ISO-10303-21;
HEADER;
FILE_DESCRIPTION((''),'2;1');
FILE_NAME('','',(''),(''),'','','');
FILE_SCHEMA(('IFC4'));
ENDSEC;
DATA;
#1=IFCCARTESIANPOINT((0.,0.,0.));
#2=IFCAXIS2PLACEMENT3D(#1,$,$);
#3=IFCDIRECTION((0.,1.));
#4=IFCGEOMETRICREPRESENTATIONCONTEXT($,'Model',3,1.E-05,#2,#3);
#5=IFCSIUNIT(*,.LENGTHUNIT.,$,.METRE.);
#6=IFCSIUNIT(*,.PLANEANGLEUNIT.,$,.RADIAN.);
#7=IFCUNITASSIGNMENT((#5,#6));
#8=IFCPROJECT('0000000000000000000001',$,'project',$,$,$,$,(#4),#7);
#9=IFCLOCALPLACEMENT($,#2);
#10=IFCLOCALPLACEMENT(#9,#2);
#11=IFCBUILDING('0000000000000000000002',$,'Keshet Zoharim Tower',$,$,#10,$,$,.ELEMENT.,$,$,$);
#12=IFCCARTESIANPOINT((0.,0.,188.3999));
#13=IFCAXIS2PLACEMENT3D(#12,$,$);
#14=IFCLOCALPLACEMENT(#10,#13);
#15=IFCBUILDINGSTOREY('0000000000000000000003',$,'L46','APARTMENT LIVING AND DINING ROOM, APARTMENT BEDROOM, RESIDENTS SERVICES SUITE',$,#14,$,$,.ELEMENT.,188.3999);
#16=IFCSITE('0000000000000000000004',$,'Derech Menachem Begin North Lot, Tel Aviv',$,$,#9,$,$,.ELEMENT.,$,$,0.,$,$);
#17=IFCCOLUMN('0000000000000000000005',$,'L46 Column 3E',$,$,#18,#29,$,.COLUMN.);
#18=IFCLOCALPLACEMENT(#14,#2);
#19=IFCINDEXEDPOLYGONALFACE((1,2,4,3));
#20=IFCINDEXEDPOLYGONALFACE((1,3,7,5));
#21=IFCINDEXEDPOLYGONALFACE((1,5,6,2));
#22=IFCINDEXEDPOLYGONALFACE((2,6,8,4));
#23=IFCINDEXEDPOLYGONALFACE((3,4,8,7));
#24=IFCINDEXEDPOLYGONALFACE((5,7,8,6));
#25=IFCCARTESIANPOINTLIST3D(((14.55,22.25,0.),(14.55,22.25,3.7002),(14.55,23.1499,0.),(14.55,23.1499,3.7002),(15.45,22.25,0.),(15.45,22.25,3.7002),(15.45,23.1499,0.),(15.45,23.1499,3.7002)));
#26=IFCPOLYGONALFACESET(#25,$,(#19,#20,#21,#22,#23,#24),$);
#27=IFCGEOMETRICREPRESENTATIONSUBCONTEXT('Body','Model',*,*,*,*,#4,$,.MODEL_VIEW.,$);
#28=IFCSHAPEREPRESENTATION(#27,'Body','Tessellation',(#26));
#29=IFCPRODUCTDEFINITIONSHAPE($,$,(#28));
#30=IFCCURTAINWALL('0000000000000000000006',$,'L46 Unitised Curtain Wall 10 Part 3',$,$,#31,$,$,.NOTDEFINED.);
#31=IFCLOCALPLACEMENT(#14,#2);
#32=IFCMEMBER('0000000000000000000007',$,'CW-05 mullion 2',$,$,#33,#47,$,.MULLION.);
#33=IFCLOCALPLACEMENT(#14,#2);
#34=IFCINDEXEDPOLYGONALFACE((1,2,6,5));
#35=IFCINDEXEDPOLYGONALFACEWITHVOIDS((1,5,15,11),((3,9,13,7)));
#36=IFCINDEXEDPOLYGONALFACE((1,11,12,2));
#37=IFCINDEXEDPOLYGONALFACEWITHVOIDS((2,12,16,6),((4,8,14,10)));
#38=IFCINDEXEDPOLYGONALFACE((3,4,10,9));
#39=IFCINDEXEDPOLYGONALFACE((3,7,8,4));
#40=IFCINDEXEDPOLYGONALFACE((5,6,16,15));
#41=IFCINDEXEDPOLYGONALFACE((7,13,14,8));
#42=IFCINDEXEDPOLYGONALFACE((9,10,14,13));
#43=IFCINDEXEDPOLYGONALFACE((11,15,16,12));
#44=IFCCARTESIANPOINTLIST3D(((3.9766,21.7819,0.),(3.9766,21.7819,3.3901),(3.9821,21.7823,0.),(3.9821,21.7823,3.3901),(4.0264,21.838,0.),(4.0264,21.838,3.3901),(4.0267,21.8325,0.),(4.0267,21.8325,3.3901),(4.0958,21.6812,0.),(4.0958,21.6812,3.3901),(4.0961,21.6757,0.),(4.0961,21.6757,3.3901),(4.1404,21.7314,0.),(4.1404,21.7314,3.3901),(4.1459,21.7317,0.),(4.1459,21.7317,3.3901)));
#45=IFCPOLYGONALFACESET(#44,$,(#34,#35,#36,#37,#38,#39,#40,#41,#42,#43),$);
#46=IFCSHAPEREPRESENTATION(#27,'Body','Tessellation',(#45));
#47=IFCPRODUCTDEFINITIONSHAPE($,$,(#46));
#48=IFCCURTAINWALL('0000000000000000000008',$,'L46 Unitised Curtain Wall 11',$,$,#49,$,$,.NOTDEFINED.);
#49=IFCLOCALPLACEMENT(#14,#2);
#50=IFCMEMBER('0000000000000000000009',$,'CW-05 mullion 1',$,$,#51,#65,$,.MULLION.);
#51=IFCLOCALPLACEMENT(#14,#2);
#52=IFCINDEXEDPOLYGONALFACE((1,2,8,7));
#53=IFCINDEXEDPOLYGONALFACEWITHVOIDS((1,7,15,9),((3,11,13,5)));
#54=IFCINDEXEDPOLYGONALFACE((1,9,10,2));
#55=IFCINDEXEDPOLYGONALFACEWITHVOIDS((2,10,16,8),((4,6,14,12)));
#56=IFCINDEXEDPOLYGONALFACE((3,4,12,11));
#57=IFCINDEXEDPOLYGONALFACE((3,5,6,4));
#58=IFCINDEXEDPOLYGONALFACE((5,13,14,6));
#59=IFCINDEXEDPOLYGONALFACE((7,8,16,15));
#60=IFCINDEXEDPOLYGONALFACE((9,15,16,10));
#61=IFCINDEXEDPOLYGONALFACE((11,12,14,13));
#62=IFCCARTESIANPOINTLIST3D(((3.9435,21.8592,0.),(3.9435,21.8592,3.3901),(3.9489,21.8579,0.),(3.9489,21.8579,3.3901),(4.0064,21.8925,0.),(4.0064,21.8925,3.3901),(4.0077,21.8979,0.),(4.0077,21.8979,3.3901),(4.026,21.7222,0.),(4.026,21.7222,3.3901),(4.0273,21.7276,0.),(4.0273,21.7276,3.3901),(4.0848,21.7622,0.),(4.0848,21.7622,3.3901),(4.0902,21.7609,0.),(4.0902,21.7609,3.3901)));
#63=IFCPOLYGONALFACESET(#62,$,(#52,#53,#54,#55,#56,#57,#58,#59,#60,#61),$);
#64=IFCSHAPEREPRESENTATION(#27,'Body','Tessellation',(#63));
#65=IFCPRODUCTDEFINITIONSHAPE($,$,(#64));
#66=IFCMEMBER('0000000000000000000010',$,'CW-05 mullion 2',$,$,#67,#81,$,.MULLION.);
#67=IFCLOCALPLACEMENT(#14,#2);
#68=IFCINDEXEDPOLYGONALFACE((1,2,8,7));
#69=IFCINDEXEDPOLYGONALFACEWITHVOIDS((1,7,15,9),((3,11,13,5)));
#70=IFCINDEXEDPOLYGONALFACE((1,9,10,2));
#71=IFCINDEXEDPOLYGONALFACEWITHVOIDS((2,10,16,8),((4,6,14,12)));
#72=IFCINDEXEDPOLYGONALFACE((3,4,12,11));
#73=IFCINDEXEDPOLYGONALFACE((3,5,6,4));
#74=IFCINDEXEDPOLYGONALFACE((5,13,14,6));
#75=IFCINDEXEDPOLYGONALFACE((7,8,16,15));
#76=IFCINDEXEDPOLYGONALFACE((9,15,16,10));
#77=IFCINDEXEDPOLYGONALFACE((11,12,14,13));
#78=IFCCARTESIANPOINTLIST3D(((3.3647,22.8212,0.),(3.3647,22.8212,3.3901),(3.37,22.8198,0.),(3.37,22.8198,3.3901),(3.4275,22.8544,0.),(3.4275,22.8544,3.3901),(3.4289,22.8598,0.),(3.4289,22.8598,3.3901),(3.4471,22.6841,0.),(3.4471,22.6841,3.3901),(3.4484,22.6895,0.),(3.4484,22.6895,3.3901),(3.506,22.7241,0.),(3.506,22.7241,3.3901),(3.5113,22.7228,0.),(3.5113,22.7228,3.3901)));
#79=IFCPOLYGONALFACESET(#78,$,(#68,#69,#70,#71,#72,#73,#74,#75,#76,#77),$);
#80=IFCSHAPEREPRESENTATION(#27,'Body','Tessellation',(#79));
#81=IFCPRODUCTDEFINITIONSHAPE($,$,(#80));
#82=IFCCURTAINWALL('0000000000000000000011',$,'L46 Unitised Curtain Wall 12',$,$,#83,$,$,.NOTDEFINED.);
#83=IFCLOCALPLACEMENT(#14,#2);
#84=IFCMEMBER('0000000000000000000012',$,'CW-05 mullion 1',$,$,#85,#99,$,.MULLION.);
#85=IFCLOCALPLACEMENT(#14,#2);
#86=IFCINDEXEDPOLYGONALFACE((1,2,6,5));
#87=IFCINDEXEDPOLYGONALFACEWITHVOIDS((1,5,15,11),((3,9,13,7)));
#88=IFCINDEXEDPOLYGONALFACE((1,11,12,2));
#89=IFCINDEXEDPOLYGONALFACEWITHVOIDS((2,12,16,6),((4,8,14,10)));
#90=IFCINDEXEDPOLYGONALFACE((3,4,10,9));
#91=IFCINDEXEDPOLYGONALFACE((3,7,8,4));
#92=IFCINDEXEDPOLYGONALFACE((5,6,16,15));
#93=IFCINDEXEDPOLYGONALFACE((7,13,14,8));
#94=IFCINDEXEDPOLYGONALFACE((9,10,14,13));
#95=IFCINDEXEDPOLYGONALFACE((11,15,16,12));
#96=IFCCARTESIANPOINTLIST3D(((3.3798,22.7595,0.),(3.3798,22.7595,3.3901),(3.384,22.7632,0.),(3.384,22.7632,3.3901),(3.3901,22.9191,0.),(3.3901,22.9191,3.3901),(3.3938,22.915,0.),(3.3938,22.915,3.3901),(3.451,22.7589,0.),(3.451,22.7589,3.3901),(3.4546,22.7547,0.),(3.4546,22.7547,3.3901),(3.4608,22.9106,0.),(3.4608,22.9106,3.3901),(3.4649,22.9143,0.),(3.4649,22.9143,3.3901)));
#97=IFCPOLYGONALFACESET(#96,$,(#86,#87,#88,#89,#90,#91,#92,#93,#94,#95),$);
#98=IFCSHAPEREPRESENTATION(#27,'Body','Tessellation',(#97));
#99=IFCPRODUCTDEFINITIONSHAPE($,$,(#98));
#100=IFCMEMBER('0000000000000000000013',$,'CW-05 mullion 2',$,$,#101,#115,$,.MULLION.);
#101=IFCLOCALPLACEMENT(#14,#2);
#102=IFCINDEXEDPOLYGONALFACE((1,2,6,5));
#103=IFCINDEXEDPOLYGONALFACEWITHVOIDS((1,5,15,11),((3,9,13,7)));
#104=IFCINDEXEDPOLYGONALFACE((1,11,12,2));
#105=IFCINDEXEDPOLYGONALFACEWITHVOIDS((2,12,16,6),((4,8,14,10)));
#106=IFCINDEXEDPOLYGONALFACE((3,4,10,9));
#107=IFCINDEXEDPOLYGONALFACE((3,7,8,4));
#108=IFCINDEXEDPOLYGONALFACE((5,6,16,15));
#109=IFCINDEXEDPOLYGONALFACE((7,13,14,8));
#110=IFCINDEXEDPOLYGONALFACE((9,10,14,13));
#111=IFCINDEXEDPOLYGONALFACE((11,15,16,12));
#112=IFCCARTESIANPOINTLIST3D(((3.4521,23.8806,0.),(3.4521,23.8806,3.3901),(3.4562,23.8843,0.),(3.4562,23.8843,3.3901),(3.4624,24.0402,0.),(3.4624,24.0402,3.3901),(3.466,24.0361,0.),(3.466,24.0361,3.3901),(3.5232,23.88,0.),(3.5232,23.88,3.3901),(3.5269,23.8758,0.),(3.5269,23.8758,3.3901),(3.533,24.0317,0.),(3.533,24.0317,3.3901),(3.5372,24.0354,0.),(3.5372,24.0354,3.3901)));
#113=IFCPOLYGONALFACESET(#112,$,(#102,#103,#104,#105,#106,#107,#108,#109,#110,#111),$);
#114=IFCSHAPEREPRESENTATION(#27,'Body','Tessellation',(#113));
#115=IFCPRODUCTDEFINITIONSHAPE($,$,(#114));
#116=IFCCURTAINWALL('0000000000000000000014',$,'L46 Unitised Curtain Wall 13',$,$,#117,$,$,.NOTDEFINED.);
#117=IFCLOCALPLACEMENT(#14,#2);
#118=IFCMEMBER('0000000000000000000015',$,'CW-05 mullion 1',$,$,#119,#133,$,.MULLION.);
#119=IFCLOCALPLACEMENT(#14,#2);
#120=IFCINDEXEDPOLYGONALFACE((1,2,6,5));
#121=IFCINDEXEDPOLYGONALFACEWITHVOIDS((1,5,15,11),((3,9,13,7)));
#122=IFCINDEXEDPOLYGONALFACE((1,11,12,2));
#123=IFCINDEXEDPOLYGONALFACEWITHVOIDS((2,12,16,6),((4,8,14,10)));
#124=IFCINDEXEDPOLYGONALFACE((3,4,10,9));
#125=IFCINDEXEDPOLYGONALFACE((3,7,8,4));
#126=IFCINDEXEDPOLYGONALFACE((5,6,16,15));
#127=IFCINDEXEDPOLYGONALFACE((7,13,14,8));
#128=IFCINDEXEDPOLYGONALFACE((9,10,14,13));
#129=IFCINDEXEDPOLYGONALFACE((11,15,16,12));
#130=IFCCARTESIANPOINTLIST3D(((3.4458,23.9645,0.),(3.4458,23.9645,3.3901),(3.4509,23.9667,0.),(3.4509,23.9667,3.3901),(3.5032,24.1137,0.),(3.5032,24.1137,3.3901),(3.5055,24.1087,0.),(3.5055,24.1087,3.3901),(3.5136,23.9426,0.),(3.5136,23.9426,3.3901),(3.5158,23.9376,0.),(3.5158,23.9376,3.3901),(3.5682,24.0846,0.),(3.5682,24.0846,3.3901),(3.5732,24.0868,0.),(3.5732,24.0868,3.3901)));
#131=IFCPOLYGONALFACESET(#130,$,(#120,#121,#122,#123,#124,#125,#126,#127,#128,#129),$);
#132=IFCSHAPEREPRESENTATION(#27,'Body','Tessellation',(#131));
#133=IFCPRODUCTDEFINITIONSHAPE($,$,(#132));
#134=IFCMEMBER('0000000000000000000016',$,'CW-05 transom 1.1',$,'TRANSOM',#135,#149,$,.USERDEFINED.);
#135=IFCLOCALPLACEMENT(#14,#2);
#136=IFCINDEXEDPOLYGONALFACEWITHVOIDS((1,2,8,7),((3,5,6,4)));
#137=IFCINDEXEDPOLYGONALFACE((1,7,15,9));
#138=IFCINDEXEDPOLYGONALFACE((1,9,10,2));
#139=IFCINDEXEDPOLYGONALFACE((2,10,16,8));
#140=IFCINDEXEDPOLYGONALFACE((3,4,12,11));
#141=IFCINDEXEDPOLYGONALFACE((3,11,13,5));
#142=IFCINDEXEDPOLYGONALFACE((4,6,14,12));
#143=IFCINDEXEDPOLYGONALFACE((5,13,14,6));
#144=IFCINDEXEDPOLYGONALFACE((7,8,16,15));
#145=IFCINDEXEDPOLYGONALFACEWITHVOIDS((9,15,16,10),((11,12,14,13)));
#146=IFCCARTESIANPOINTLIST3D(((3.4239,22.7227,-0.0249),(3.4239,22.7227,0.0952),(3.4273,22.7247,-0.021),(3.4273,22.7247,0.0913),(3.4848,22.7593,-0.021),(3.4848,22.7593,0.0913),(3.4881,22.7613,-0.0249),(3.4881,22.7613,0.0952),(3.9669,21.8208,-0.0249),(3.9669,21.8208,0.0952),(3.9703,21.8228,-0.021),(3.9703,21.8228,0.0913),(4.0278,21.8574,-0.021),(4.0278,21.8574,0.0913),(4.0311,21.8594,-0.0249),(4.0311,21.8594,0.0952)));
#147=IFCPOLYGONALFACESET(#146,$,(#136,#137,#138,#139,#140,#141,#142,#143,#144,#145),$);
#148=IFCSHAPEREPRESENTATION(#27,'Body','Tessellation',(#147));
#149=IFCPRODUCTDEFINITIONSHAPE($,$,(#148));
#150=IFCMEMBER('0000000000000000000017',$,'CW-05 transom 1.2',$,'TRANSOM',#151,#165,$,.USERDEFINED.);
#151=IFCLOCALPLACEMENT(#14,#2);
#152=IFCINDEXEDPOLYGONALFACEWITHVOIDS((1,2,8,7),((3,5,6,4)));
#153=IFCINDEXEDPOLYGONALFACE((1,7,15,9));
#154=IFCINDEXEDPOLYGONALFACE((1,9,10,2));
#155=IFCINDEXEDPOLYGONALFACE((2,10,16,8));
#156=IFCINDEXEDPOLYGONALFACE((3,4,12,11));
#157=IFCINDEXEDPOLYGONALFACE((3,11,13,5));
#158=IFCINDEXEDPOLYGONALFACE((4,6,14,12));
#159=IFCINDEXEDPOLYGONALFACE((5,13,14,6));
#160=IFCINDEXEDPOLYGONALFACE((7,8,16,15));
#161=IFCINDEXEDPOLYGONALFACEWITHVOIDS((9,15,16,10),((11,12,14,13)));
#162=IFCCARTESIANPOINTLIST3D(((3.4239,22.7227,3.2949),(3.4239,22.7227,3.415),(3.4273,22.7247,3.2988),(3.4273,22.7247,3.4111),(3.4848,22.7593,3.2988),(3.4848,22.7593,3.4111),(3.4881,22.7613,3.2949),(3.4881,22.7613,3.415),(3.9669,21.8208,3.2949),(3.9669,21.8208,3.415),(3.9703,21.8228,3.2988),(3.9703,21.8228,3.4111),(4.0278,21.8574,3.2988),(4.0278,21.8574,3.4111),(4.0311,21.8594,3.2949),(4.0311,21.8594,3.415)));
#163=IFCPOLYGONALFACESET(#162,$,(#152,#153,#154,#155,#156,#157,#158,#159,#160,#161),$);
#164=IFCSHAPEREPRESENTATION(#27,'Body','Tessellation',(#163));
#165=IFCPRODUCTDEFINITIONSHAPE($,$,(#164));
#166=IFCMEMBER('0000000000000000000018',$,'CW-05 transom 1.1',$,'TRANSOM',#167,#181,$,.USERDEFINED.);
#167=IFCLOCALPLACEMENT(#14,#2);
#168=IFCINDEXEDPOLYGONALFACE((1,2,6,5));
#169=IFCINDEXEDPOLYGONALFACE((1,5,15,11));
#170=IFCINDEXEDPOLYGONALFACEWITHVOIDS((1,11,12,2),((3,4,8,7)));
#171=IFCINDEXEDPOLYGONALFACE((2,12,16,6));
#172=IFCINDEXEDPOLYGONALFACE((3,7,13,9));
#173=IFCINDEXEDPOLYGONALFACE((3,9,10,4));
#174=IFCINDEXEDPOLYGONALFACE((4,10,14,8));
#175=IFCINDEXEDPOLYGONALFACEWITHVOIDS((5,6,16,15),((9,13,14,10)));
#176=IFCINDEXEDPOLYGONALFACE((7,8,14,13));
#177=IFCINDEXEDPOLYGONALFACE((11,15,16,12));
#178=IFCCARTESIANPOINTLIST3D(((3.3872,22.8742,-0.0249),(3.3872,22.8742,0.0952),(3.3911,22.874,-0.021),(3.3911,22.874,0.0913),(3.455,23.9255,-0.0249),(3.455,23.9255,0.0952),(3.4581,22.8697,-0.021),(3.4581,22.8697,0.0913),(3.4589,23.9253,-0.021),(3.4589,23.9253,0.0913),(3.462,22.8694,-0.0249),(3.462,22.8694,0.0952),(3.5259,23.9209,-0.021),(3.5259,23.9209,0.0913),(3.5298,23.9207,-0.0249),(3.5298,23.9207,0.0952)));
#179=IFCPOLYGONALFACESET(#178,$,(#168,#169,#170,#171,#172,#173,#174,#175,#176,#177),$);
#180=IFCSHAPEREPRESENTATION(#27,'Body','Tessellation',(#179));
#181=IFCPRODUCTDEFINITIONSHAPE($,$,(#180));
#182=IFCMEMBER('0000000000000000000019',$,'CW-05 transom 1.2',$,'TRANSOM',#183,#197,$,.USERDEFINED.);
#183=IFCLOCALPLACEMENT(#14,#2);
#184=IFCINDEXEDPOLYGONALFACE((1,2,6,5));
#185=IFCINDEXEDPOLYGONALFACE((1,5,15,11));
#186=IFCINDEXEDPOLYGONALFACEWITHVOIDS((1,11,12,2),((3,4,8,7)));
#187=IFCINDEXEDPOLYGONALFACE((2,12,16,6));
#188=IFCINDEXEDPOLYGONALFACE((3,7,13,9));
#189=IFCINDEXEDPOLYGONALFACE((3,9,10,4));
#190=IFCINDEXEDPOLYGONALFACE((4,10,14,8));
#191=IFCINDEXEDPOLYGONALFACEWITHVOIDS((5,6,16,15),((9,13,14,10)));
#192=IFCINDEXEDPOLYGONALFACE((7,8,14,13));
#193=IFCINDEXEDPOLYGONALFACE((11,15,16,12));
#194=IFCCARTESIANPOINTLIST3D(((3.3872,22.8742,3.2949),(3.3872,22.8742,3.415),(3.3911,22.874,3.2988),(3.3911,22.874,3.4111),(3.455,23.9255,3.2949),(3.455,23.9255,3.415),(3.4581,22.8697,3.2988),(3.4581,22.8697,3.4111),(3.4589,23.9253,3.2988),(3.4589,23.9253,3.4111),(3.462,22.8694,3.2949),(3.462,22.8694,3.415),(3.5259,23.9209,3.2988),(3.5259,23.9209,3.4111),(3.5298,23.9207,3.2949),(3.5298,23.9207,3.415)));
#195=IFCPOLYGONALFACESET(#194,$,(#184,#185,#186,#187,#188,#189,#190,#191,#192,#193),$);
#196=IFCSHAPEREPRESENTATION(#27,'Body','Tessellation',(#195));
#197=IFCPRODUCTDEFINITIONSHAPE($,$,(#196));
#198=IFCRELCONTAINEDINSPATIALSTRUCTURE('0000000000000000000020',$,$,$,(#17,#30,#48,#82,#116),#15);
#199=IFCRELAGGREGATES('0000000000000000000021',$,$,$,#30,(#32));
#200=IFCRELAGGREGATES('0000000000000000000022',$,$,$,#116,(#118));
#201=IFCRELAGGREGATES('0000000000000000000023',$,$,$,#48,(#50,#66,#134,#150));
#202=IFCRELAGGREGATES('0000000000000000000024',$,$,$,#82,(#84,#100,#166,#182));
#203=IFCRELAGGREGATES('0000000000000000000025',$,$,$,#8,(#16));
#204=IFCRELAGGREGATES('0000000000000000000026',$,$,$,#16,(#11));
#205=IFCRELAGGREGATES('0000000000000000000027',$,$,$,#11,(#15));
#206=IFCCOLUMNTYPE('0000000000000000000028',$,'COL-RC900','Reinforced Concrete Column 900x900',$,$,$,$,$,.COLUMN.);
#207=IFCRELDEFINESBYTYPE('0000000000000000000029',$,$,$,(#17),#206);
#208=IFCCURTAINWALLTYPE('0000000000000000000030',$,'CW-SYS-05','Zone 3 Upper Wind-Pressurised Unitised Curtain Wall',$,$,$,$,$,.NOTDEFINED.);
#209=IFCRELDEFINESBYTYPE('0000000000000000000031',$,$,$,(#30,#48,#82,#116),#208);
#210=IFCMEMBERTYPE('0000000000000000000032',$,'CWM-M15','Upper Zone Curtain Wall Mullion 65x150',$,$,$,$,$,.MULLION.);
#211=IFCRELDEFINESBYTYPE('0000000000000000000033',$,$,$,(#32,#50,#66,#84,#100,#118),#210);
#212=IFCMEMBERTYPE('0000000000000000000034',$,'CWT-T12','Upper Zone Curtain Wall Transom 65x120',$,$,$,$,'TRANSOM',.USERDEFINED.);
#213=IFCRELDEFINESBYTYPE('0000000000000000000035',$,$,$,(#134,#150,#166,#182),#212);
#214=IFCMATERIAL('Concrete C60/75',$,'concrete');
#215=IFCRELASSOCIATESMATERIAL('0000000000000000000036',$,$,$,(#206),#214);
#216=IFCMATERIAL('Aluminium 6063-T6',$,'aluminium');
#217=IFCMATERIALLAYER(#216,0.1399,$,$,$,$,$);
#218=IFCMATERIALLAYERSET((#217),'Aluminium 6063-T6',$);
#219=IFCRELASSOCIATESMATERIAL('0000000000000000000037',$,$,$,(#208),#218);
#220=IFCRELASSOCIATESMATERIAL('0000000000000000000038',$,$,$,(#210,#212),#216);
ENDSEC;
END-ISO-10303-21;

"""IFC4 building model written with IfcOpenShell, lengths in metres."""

from ifc_helpers import new_model, si_unit, direction, frame, origin, origin_2d, place, context, subcontext, project, spatial, rectangle, hollow_rectangle, extrude, material, layer, layer_set, material_profile, profile_set, type_object, element, aggregate, save


model = new_model("IFC4")

# Units and contexts
model_context = context("Model", 3, precision=1e-05, world=origin(), true_north=direction((0.0, 1.0)))
body_context = subcontext(model_context, "Body", "Model", "MODEL_VIEW")
ifc_project = project(units=[si_unit("LENGTHUNIT", "METRE"), si_unit("PLANEANGLEUNIT", "RADIAN")], contexts=[model_context])

# Site, building, storey
site_placement = place(None, origin())
site = spatial("IfcSite", under=ifc_project, at=site_placement, Name="Derech Menachem Begin North Lot, Tel Aviv", CompositionType="ELEMENT", RefElevation=0.0)
building_placement = place(site_placement, origin())
building = spatial("IfcBuilding", under=site, at=building_placement, Name="Keshet Zoharim Tower", CompositionType="ELEMENT")
storey_placement = place(building_placement, frame((0.0, 0.0, 188.3999)))
storey = spatial("IfcBuildingStorey", under=building, at=storey_placement, Name="L46", Description="APARTMENT LIVING AND DINING ROOM, APARTMENT BEDROOM, RESIDENTS SERVICES SUITE", CompositionType="ELEMENT", Elevation=188.3999)

# Column
ifc_material_1 = material(Name="Concrete C60/75", Category="concrete")
ifc_material_profile_1 = material_profile(ifc_material_1, rectangle(XDim=0.8999, YDim=0.8999, at=origin_2d()), Name="RC900x900")
ifc_profile_set_1 = profile_set([ifc_material_profile_1], Name="Concrete C60/75")
column_type = type_object("IfcColumnType", Name="COL-RC900", Description="Reinforced Concrete Column 900x900", PredefinedType="COLUMN", material=ifc_profile_set_1)
column_placement = place(storey_placement, frame((15.0, 22.7, 0.0), z_axis=(0.0, 0.0, 1.0), x_axis=(1.0, 0.0, 0.0)))
element("IfcColumn", 1, at=column_placement, inside=storey, type_object=column_type, Name="L46 Column 3E", PredefinedType="COLUMN", context=body_context, shape_type="SweptSolid", body=[
    extrude(rectangle(XDim=0.8999, YDim=0.8999, at=origin_2d()), origin(), (0.0, 0.0, 1.0), 3.7002),
])

# Curtain wall, member
ifc_material_2 = material(Name="Aluminium 6063-T6", Category="aluminium")
ifc_layer_1 = layer(ifc_material_2, 0.1399)
ifc_layer_set_1 = layer_set([ifc_layer_1], Name="Aluminium 6063-T6")
curtain_wall_type = type_object("IfcCurtainWallType", Name="CW-SYS-05", Description="Zone 3 Upper Wind-Pressurised Unitised Curtain Wall", PredefinedType="NOTDEFINED", material=ifc_layer_set_1)
curtain_wall_1_placement = place(storey_placement, origin())
curtain_wall_1 = element("IfcCurtainWall", 2, at=curtain_wall_1_placement, inside=storey, type_object=curtain_wall_type, Name="L46 Unitised Curtain Wall 10 Part 3", PredefinedType="NOTDEFINED")
ifc_material_profile_2 = material_profile(ifc_material_2, hollow_rectangle(XDim=0.075, YDim=0.1599, WallThickness=0.0039, at=origin_2d()), Name="MUL-75x160")
ifc_profile_set_2 = profile_set([ifc_material_profile_2], Name="Aluminium 6063-T6")
member_type_1 = type_object("IfcMemberType", Name="CWM-M15", Description="Upper Zone Curtain Wall Mullion 65x150", PredefinedType="MULLION", material=ifc_profile_set_2)
member_1_placement = place(storey_placement, frame((4.0613, 21.7568, 0.0), z_axis=(0.0, 0.0, 1.0), x_axis=(-0.664367, -0.747407, 0.0)))
member_1 = element("IfcMember", 3, at=member_1_placement, type_object=member_type_1, Name="CW-05 mullion 2", PredefinedType="MULLION", context=body_context, shape_type="SweptSolid", body=[
    extrude(hollow_rectangle(XDim=0.075, YDim=0.1599, WallThickness=0.0039, at=origin_2d()), origin(), (0.0, 0.0, 1.0), 3.3901),
])
aggregate(curtain_wall_1, [member_1])

# Curtain walls, members
curtain_wall_2_placement = place(storey_placement, origin())
curtain_wall_2 = element("IfcCurtainWall", 4, at=curtain_wall_2_placement, inside=storey, type_object=curtain_wall_type, Name="L46 Unitised Curtain Wall 11", PredefinedType="NOTDEFINED")
member_2_placement = place(storey_placement, frame((4.0168, 21.8101, 0.0), z_axis=(0.0, 0.0, 1.0), x_axis=(-0.856826, -0.515605, 0.0)))
member_2 = element("IfcMember", 5, at=member_2_placement, type_object=member_type_1, Name="CW-05 mullion 1", PredefinedType="MULLION", context=body_context, shape_type="SweptSolid", body=[
    extrude(hollow_rectangle(XDim=0.075, YDim=0.1599, WallThickness=0.0039, at=origin_2d()), origin(), (0.0, 0.0, 1.0), 3.3901),
])
member_3_placement = place(storey_placement, frame((3.438, 22.772, 0.0), z_axis=(0.0, 0.0, 1.0), x_axis=(-0.856826, -0.515605, 0.0)))
member_3 = element("IfcMember", 6, at=member_3_placement, type_object=member_type_1, Name="CW-05 mullion 2", PredefinedType="MULLION", context=body_context, shape_type="SweptSolid", body=[
    extrude(hollow_rectangle(XDim=0.075, YDim=0.1599, WallThickness=0.0039, at=origin_2d()), origin(), (0.0, 0.0, 1.0), 3.3901),
])
curtain_wall_3_placement = place(storey_placement, origin())
curtain_wall_3 = element("IfcCurtainWall", 7, at=curtain_wall_3_placement, inside=storey, type_object=curtain_wall_type, Name="L46 Unitised Curtain Wall 12", PredefinedType="NOTDEFINED")
member_4_placement = place(storey_placement, frame((3.4224, 22.8369, 0.0), z_axis=(0.0, 0.0, 1.0), x_axis=(-0.997917, 0.064517, 0.0)))
member_4 = element("IfcMember", 8, at=member_4_placement, type_object=member_type_1, Name="CW-05 mullion 1", PredefinedType="MULLION", context=body_context, shape_type="SweptSolid", body=[
    extrude(hollow_rectangle(XDim=0.075, YDim=0.1599, WallThickness=0.0039, at=origin_2d()), origin(), (0.0, 0.0, 1.0), 3.3901),
])
member_5_placement = place(storey_placement, frame((3.4946, 23.958, 0.0), z_axis=(0.0, 0.0, 1.0), x_axis=(-0.997917, 0.064517, 0.0)))
member_5 = element("IfcMember", 9, at=member_5_placement, type_object=member_type_1, Name="CW-05 mullion 2", PredefinedType="MULLION", context=body_context, shape_type="SweptSolid", body=[
    extrude(hollow_rectangle(XDim=0.075, YDim=0.1599, WallThickness=0.0039, at=origin_2d()), origin(), (0.0, 0.0, 1.0), 3.3901),
])

# Curtain wall, member
curtain_wall_4_placement = place(storey_placement, origin())
curtain_wall_4 = element("IfcCurtainWall", 10, at=curtain_wall_4_placement, inside=storey, type_object=curtain_wall_type, Name="L46 Unitised Curtain Wall 13", PredefinedType="NOTDEFINED")
member_6_placement = place(storey_placement, frame((3.5095, 24.0256, 0.0), z_axis=(0.0, 0.0, 1.0), x_axis=(-0.933341, 0.35899, 0.0)))
member_6 = element("IfcMember", 11, at=member_6_placement, type_object=member_type_1, Name="CW-05 mullion 1", PredefinedType="MULLION", context=body_context, shape_type="SweptSolid", body=[
    extrude(hollow_rectangle(XDim=0.075, YDim=0.1599, WallThickness=0.0039, at=origin_2d()), origin(), (0.0, 0.0, 1.0), 3.3901),
])

# Members
ifc_material_profile_3 = material_profile(ifc_material_2, hollow_rectangle(XDim=0.075, YDim=0.1201, WallThickness=0.0039, at=origin_2d()), Name="TRN-75x120")
ifc_profile_set_3 = profile_set([ifc_material_profile_3], Name="Aluminium 6063-T6")
member_type_2 = type_object("IfcMemberType", Name="CWT-T12", Description="Upper Zone Curtain Wall Transom 65x120", ElementType="TRANSOM", PredefinedType="USERDEFINED", material=ifc_profile_set_3)
member_7_placement = place(storey_placement, frame((3.999, 21.8401, 0.0352), z_axis=(-0.515791, 0.856714, 0.0), x_axis=(-0.856714, -0.515791, 0.0)))
member_7 = element("IfcMember", 12, at=member_7_placement, type_object=member_type_2, Name="CW-05 transom 1.1", ObjectType="TRANSOM", PredefinedType="USERDEFINED", context=body_context, shape_type="SweptSolid", body=[
    extrude(hollow_rectangle(XDim=0.075, YDim=0.1201, WallThickness=0.0039, at=origin_2d()), origin(), (0.0, 0.0, 1.0), 1.0527),
])
member_8_placement = place(storey_placement, frame((3.999, 21.8401, 3.355), z_axis=(-0.515791, 0.856714, 0.0), x_axis=(-0.856714, -0.515791, 0.0)))
member_8 = element("IfcMember", 13, at=member_8_placement, type_object=member_type_2, Name="CW-05 transom 1.2", ObjectType="TRANSOM", PredefinedType="USERDEFINED", context=body_context, shape_type="SweptSolid", body=[
    extrude(hollow_rectangle(XDim=0.075, YDim=0.1201, WallThickness=0.0039, at=origin_2d()), origin(), (0.0, 0.0, 1.0), 1.0527),
])
member_9_placement = place(storey_placement, frame((3.4246, 22.8718, 0.0352), z_axis=(0.064427, 0.997922, 0.0), x_axis=(-0.997922, 0.064427, 0.0)))
member_9 = element("IfcMember", 14, at=member_9_placement, type_object=member_type_2, Name="CW-05 transom 1.1", ObjectType="TRANSOM", PredefinedType="USERDEFINED", context=body_context, shape_type="SweptSolid", body=[
    extrude(hollow_rectangle(XDim=0.075, YDim=0.1201, WallThickness=0.0039, at=origin_2d()), origin(), (0.0, 0.0, 1.0), 1.0535),
])
member_10_placement = place(storey_placement, frame((3.4246, 22.8718, 3.355), z_axis=(0.064427, 0.997922, 0.0), x_axis=(-0.997922, 0.064427, 0.0)))
member_10 = element("IfcMember", 15, at=member_10_placement, type_object=member_type_2, Name="CW-05 transom 1.2", ObjectType="TRANSOM", PredefinedType="USERDEFINED", context=body_context, shape_type="SweptSolid", body=[
    extrude(hollow_rectangle(XDim=0.075, YDim=0.1201, WallThickness=0.0039, at=origin_2d()), origin(), (0.0, 0.0, 1.0), 1.0535),
])
aggregate(curtain_wall_4, [member_6])

aggregate(curtain_wall_2, [member_2, member_3, member_7, member_8])
aggregate(curtain_wall_3, [member_4, member_5, member_9, member_10])

save(model, "model.ifc")
